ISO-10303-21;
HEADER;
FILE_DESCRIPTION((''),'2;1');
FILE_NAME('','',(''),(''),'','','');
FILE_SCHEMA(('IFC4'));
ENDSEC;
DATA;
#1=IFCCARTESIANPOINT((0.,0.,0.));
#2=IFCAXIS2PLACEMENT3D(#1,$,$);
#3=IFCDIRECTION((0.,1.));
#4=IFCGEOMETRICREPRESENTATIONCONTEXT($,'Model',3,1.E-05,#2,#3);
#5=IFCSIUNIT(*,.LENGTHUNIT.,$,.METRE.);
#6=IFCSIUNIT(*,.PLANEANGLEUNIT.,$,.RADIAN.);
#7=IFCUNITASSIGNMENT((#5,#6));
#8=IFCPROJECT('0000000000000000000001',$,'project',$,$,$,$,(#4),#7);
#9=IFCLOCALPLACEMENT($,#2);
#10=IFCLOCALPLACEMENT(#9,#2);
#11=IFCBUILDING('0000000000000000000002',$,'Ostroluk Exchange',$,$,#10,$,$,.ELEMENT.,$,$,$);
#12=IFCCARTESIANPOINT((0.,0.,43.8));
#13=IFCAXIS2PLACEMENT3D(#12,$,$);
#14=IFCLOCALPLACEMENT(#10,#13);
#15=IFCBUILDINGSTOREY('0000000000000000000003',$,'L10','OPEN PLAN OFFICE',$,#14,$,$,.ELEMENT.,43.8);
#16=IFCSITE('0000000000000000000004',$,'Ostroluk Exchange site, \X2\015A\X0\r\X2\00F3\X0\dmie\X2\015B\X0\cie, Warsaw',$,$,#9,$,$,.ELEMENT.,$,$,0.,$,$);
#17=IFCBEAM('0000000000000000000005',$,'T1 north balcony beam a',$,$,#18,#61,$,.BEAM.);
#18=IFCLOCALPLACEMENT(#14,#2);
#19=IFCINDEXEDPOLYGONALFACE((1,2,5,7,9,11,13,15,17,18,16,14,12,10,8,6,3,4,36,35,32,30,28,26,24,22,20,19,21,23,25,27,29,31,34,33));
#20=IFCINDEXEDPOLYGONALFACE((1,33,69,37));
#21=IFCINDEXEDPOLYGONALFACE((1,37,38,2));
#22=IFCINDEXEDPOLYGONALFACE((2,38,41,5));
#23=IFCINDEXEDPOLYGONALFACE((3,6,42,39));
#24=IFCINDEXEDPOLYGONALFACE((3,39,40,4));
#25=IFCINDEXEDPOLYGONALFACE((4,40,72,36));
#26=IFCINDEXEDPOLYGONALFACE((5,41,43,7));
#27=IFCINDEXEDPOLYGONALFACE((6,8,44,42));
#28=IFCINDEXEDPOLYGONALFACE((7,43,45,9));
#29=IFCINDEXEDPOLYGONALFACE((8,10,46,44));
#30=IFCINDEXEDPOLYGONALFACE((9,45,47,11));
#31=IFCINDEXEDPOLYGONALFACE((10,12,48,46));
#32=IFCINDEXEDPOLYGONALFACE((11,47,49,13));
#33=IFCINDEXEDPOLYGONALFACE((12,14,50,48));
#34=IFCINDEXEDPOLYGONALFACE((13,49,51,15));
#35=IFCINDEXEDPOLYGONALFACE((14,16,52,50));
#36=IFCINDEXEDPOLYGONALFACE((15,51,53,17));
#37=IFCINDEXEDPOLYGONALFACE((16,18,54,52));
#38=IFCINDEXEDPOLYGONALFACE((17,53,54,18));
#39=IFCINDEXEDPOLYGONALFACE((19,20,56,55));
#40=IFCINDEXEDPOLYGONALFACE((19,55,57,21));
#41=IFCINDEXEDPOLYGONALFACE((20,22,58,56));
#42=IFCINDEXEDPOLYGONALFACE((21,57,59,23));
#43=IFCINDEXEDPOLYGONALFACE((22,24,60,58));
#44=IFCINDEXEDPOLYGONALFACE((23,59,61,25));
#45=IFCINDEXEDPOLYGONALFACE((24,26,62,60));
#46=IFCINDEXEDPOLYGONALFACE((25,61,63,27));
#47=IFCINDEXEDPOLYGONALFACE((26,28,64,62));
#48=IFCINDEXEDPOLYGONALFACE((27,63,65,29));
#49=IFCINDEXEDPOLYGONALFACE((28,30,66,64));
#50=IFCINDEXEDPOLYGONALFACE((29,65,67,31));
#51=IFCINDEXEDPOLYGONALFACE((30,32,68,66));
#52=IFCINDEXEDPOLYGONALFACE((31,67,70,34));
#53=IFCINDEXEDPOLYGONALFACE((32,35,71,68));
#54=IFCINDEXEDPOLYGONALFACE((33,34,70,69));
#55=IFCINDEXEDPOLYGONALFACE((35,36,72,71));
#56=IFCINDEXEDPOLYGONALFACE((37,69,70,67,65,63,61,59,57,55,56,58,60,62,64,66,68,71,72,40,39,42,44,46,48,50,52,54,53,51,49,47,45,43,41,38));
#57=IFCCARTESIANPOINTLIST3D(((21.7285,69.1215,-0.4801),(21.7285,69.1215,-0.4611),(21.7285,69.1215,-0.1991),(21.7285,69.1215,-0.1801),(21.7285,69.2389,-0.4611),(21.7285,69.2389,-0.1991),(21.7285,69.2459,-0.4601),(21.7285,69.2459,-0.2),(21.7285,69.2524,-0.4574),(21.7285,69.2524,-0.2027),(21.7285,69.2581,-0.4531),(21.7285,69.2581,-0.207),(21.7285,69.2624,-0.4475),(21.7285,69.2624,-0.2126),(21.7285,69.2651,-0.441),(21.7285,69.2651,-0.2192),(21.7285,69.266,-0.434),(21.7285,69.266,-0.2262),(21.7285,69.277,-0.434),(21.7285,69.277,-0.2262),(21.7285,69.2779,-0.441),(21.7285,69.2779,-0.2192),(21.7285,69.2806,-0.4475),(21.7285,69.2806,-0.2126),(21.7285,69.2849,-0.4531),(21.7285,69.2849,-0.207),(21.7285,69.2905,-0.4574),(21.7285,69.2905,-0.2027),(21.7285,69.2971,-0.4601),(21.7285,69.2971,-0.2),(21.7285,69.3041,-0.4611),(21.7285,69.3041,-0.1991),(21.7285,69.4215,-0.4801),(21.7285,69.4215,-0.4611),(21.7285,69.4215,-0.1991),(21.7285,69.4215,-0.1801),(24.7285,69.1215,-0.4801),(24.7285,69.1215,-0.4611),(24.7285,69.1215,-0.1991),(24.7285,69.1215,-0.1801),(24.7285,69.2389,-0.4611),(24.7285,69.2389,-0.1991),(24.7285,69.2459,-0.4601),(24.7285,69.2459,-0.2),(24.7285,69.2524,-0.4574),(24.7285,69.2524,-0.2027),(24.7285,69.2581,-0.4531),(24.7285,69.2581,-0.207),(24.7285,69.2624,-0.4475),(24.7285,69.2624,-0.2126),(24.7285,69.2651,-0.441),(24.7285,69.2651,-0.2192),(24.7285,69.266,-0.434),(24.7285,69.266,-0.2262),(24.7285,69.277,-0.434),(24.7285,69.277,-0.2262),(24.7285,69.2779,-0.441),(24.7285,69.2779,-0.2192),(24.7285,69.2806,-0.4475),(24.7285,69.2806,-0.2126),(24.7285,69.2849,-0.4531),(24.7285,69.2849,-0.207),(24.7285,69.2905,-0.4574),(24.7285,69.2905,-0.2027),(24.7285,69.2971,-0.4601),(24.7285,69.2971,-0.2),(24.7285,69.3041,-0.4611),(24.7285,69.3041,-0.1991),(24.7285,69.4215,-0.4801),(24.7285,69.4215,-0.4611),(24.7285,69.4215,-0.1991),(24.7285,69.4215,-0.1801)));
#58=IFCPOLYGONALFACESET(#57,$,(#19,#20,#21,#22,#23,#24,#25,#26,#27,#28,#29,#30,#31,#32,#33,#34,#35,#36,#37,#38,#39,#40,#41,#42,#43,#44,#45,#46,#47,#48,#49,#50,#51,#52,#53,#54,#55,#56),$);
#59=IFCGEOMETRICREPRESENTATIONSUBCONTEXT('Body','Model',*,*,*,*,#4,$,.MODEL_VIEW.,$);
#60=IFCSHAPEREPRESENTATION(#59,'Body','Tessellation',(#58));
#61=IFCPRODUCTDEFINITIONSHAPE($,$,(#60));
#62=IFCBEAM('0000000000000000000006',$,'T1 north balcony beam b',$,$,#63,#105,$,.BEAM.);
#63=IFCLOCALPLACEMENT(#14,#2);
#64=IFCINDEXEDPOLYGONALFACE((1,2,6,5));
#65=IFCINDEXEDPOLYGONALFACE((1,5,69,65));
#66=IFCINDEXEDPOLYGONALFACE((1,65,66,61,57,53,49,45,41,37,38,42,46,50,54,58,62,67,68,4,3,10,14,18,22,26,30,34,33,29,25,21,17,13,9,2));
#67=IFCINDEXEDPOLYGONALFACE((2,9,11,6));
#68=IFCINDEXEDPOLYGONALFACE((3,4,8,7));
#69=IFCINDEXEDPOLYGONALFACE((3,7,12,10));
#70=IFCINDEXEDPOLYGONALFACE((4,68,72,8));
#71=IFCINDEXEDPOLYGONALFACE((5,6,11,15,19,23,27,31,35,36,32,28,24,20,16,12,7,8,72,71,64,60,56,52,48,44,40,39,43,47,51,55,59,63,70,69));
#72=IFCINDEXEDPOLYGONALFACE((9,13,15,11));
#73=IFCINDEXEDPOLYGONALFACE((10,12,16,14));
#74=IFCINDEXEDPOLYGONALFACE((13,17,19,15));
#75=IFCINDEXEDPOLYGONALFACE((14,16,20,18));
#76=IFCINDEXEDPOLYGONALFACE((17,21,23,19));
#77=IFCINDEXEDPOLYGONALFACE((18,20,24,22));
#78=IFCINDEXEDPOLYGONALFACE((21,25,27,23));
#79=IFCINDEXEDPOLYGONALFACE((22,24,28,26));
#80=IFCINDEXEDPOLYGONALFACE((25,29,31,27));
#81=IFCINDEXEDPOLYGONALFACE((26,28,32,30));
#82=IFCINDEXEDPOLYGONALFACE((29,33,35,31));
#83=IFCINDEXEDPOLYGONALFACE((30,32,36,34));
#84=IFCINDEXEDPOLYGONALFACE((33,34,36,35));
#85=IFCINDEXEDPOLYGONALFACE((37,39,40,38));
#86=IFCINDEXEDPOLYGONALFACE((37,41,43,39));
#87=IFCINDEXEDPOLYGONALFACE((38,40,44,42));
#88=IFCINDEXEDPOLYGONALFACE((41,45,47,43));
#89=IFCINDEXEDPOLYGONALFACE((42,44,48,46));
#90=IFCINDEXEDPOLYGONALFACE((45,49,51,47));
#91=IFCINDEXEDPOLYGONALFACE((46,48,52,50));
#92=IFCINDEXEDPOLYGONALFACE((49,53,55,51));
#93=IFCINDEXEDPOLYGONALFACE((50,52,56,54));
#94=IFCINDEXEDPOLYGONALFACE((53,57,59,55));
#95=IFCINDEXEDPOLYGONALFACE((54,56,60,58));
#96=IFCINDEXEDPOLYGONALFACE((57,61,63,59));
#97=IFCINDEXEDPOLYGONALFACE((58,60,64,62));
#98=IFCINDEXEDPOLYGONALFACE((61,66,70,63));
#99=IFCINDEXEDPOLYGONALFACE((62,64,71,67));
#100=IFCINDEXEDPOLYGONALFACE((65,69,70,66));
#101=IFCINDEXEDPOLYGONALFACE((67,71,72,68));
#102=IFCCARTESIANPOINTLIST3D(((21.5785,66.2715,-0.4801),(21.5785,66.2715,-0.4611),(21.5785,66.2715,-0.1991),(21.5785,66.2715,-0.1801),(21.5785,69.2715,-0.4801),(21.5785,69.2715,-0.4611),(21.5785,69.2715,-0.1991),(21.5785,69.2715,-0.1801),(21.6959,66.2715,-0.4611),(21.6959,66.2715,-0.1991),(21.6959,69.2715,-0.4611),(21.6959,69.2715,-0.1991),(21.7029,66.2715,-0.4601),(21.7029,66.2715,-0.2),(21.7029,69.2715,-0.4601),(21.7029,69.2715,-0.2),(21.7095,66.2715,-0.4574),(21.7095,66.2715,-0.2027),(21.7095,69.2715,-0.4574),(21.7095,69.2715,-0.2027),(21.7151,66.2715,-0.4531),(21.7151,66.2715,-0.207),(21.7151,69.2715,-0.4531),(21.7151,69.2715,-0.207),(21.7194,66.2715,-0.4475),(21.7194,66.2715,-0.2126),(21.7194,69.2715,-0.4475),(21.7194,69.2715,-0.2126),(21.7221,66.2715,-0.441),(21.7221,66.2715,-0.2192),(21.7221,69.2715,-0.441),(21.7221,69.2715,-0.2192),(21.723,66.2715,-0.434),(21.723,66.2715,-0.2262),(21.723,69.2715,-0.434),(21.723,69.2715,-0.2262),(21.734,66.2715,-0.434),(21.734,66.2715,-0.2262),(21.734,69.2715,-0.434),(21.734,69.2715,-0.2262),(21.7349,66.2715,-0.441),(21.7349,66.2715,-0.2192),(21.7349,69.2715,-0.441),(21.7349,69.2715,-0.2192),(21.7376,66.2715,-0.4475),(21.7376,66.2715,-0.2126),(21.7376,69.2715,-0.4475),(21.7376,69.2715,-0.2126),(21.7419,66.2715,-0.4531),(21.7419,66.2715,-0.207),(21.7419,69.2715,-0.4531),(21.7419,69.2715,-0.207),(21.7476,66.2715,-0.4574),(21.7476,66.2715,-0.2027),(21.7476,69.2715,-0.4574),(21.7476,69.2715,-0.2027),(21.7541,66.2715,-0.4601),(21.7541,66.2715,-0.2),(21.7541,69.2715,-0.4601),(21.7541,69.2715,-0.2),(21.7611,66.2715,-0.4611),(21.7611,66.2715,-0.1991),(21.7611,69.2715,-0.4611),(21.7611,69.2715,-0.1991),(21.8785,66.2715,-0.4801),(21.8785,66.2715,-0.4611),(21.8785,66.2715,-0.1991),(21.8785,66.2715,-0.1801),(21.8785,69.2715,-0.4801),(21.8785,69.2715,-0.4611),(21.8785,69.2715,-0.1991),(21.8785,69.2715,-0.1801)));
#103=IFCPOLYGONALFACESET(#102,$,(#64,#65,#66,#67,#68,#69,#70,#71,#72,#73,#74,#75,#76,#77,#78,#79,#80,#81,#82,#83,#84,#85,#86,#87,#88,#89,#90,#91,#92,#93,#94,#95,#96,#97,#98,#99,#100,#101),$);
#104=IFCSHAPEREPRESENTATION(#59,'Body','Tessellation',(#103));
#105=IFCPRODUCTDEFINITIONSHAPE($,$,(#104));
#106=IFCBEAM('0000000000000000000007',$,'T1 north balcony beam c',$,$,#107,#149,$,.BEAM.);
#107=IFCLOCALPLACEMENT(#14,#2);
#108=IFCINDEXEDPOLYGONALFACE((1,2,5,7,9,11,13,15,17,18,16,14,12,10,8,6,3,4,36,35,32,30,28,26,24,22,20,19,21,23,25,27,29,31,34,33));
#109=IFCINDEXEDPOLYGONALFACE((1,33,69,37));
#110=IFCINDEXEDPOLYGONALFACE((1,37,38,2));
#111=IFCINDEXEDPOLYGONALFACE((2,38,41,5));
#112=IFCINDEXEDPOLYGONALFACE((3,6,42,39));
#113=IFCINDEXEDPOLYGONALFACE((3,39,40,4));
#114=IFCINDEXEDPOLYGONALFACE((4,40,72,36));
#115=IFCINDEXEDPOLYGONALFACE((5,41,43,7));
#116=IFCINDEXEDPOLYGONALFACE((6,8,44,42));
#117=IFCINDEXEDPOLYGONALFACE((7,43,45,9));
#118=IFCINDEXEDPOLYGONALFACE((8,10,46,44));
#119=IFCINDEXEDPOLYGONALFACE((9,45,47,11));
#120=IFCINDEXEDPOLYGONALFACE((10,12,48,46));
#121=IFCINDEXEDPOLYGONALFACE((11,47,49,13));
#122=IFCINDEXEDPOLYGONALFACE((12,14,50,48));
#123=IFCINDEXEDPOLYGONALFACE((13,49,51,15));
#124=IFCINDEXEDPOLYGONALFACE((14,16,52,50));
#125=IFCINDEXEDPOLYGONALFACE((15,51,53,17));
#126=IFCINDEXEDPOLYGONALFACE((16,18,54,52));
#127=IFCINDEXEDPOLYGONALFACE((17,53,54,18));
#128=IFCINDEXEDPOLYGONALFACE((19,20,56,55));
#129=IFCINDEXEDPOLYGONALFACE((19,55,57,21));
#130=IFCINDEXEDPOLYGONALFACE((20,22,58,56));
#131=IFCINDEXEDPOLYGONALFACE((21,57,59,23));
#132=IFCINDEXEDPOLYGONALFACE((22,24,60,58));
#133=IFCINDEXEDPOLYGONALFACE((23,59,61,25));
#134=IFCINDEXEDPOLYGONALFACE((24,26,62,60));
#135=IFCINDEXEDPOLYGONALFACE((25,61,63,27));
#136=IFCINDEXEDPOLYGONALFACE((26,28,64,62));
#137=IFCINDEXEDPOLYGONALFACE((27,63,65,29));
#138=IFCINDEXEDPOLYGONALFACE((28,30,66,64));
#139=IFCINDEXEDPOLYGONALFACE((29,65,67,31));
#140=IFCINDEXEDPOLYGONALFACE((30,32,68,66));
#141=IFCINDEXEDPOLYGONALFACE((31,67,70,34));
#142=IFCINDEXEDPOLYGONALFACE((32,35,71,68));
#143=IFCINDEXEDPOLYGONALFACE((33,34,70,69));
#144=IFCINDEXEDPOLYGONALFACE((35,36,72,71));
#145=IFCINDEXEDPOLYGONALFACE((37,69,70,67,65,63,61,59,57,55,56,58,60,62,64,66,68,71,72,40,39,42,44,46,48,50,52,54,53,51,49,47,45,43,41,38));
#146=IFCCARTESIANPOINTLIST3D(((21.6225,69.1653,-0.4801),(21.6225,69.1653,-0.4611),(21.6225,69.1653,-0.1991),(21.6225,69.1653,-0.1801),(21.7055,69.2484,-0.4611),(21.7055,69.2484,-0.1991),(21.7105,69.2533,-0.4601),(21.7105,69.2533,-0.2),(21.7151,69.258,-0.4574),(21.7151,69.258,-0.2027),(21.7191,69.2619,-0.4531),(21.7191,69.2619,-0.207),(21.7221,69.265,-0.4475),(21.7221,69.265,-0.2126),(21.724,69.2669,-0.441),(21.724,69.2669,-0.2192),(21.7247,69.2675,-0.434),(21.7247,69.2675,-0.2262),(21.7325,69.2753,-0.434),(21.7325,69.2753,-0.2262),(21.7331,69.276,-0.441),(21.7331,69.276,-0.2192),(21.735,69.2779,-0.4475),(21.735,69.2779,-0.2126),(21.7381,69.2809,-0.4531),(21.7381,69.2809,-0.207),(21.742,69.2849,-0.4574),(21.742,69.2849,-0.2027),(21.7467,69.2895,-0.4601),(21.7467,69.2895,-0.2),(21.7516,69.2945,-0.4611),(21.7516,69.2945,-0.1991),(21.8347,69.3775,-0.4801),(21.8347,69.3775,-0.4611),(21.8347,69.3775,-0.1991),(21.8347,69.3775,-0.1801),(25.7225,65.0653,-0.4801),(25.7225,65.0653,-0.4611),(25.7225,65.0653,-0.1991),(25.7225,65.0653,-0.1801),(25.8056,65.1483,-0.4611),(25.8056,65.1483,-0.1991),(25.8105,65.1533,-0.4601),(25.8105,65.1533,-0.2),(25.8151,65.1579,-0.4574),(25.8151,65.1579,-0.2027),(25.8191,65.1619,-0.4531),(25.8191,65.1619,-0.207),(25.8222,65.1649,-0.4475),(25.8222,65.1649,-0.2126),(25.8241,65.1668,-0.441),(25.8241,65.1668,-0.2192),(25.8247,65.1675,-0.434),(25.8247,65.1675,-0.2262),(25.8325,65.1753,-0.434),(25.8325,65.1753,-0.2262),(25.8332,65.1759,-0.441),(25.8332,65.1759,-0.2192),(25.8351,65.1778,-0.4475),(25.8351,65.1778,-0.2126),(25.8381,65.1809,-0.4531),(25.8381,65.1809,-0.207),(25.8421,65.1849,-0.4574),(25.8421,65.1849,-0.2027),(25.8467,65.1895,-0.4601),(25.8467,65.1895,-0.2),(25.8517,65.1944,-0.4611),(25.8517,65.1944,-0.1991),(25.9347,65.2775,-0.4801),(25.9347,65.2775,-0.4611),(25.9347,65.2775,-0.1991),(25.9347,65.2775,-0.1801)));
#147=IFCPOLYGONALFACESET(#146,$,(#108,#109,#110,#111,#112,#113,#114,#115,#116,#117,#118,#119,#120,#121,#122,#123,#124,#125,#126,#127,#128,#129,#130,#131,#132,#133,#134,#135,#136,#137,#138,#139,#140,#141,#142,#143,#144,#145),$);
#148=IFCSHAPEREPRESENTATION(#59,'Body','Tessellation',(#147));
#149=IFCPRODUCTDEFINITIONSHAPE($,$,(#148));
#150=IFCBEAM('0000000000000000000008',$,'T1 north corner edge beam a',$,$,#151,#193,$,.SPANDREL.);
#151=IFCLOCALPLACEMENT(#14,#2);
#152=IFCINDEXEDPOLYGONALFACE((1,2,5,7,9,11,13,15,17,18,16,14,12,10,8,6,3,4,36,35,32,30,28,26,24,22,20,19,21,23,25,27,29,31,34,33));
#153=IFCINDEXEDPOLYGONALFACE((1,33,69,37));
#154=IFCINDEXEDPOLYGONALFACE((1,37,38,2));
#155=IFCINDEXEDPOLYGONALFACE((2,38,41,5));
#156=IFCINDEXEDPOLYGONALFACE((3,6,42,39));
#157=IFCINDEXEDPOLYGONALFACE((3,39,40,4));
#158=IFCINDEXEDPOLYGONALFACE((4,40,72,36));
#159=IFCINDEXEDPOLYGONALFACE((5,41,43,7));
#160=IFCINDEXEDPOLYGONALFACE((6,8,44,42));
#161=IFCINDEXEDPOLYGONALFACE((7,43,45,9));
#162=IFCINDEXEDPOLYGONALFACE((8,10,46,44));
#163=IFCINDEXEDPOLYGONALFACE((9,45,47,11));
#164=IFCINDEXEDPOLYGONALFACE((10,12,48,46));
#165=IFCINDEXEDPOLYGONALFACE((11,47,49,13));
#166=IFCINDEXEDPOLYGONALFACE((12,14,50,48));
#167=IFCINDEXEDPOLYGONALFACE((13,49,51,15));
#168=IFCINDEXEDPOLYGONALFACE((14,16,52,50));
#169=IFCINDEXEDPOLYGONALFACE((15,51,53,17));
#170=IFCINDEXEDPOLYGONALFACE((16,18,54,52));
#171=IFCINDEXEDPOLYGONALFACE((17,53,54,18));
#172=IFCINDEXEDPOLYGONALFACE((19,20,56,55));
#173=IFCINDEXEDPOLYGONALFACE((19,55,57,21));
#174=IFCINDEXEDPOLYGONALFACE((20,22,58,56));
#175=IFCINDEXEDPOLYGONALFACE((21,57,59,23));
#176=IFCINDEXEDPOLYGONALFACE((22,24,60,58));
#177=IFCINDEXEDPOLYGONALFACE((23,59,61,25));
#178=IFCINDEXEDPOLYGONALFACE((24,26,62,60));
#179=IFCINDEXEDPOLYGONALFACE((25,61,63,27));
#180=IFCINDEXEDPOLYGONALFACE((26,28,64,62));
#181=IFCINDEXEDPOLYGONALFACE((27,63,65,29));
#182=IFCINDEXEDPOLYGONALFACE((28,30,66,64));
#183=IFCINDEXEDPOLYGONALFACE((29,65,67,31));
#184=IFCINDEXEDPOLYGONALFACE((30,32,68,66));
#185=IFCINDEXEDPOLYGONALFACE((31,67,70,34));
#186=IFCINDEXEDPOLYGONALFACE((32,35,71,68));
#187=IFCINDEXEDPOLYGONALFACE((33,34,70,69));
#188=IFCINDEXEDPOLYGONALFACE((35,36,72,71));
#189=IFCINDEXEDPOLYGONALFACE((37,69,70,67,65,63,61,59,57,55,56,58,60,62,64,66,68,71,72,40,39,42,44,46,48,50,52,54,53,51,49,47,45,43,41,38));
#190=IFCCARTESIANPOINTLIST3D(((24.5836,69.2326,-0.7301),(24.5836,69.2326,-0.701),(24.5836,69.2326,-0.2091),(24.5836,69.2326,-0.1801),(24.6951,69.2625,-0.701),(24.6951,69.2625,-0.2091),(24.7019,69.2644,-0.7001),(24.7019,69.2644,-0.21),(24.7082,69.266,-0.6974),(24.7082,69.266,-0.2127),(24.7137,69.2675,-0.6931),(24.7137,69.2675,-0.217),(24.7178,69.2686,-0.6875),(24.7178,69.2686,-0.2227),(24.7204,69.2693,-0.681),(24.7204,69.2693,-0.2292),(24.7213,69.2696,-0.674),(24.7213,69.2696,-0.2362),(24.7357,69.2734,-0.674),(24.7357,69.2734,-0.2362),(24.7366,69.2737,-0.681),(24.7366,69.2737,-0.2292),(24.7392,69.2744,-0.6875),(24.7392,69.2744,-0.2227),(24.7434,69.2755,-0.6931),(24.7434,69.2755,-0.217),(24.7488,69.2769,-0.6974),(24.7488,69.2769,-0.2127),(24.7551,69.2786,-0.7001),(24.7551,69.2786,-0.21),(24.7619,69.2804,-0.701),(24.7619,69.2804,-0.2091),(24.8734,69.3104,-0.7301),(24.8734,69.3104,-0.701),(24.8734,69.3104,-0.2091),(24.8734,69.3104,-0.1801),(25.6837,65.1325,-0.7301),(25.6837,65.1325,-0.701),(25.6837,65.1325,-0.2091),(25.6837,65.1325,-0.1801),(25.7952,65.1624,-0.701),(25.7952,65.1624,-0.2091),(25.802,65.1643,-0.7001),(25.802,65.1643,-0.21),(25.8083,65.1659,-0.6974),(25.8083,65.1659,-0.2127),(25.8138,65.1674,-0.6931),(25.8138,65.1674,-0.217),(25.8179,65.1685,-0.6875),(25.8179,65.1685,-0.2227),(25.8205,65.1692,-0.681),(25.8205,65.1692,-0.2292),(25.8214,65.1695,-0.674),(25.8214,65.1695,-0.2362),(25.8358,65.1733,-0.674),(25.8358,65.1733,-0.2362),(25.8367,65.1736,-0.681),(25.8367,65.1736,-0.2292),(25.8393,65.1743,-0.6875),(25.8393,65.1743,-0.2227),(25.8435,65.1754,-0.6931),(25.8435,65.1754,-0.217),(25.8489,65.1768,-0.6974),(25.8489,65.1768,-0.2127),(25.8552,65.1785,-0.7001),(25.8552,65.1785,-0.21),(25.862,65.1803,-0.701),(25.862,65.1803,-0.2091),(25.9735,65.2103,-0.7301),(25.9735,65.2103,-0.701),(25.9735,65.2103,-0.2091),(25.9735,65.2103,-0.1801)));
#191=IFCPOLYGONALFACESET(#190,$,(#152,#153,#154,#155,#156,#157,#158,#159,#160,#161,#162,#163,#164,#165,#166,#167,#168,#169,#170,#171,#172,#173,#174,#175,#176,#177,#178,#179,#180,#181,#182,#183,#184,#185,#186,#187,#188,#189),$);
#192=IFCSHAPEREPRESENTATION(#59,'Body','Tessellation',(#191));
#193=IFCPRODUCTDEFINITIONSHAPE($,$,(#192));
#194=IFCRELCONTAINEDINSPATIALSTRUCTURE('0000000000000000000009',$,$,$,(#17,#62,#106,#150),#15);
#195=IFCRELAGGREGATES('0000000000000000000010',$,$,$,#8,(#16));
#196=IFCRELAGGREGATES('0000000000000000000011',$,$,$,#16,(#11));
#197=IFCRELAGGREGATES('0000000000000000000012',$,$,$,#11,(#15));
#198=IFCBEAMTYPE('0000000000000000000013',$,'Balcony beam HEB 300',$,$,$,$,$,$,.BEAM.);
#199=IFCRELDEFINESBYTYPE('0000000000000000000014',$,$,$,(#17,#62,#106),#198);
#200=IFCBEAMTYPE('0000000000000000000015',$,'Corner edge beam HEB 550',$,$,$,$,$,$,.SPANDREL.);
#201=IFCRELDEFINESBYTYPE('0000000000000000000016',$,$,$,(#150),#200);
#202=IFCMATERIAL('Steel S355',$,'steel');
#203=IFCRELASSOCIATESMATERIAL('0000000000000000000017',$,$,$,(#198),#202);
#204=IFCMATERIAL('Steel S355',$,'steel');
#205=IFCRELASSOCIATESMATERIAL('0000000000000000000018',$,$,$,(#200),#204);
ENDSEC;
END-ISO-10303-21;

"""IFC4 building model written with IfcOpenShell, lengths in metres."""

from ifc_helpers import new_model, si_unit, direction, frame, origin, origin_2d, place, context, subcontext, project, spatial, i_section, extrude, material, material_profile, profile_set, type_object, element, save


model = new_model("IFC4")

# Units and contexts
model_context = context("Model", 3, precision=1e-05, world=origin(), true_north=direction((0.0, 1.0)))
body_context = subcontext(model_context, "Body", "Model", "MODEL_VIEW")
ifc_project = project(units=[si_unit("LENGTHUNIT", "METRE"), si_unit("PLANEANGLEUNIT", "RADIAN")], contexts=[model_context])

# Site, building, storey
site_placement = place(None, origin())
site = spatial("IfcSite", under=ifc_project, at=site_placement, Name="Ostroluk Exchange site, Śródmieście, Warsaw", CompositionType="ELEMENT", RefElevation=0.0)
building_placement = place(site_placement, origin())
building = spatial("IfcBuilding", under=site, at=building_placement, Name="Ostroluk Exchange", CompositionType="ELEMENT")
storey_placement = place(building_placement, frame((0.0, 0.0, 43.8)))
storey = spatial("IfcBuildingStorey", under=building, at=storey_placement, Name="L10", Description="OPEN PLAN OFFICE", CompositionType="ELEMENT", Elevation=43.8)

# Beams
ifc_material_1 = material(Name="Steel S355", Category="steel")
ifc_material_profile_1 = material_profile(ifc_material_1, i_section(OverallWidth=0.3, OverallDepth=0.3, WebThickness=0.011, FlangeThickness=0.019, FilletRadius=0.0271, at=origin_2d()), Name="HEB 300")
ifc_profile_set_1 = profile_set([ifc_material_profile_1], Name="Steel S355")
beam_type_1 = type_object("IfcBeamType", Name="Balcony beam HEB 300", PredefinedType="BEAM", material=ifc_profile_set_1)
for number, where, z_axis, x_axis, name in (
    (1, (24.7285, 69.2715, -0.3301), (-1.0, 0.0, 0.0), (0.0, -1.0, 0.0), "T1 north balcony beam a"),
    (2, (21.7285, 66.2715, -0.3301), (0.0, 1.0, 0.0), (-1.0, 0.0, 0.0), "T1 north balcony beam b"),
):
    element("IfcBeam", number, at=place(storey_placement, frame(where, z_axis=z_axis, x_axis=x_axis)), inside=storey, type_object=beam_type_1, Name=name, PredefinedType="BEAM", context=body_context, shape_type="SweptSolid", body=[
        extrude(i_section(OverallWidth=0.3, OverallDepth=0.3, WebThickness=0.011, FlangeThickness=0.019, FilletRadius=0.0271, at=origin_2d()), origin(), (0.0, 0.0, 1.0), 3.0),
    ])
beam_1_placement = place(storey_placement, frame((25.8286, 65.1714, -0.3301), z_axis=(-0.707107, 0.707107, 0.0), x_axis=(-0.707107, -0.707107, 0.0)))
element("IfcBeam", 3, at=beam_1_placement, inside=storey, type_object=beam_type_1, Name="T1 north balcony beam c", PredefinedType="BEAM", context=body_context, shape_type="SweptSolid", body=[
    extrude(i_section(OverallWidth=0.3, OverallDepth=0.3, WebThickness=0.011, FlangeThickness=0.019, FilletRadius=0.0271, at=origin_2d()), origin(), (0.0, 0.0, 1.0), 5.7983),
])
ifc_material_2 = material(Name="Steel S355", Category="steel")
ifc_material_profile_2 = material_profile(ifc_material_2, i_section(OverallWidth=0.3, OverallDepth=0.55, WebThickness=0.0149, FlangeThickness=0.0291, FilletRadius=0.0271, at=origin_2d()), Name="HEB 550")
ifc_profile_set_2 = profile_set([ifc_material_profile_2], Name="Steel S355")
beam_type_2 = type_object("IfcBeamType", Name="Corner edge beam HEB 550", PredefinedType="SPANDREL", material=ifc_profile_set_2)
for number, where, z_axis, x_axis, name in (
    (4, (25.8286, 65.1714, -0.4551), (-0.259144, 0.965839, 0.0), (-0.965839, -0.259144, 0.0), "T1 north corner edge beam a"),
):
    element("IfcBeam", number, at=place(storey_placement, frame(where, z_axis=z_axis, x_axis=x_axis)), inside=storey, type_object=beam_type_2, Name=name, PredefinedType="SPANDREL", context=body_context, shape_type="SweptSolid", body=[
        extrude(i_section(OverallWidth=0.3, OverallDepth=0.55, WebThickness=0.0149, FlangeThickness=0.0291, FilletRadius=0.0271, at=origin_2d()), origin(), (0.0, 0.0, 1.0), 4.2451),
    ])

save(model, "model.ifc")
